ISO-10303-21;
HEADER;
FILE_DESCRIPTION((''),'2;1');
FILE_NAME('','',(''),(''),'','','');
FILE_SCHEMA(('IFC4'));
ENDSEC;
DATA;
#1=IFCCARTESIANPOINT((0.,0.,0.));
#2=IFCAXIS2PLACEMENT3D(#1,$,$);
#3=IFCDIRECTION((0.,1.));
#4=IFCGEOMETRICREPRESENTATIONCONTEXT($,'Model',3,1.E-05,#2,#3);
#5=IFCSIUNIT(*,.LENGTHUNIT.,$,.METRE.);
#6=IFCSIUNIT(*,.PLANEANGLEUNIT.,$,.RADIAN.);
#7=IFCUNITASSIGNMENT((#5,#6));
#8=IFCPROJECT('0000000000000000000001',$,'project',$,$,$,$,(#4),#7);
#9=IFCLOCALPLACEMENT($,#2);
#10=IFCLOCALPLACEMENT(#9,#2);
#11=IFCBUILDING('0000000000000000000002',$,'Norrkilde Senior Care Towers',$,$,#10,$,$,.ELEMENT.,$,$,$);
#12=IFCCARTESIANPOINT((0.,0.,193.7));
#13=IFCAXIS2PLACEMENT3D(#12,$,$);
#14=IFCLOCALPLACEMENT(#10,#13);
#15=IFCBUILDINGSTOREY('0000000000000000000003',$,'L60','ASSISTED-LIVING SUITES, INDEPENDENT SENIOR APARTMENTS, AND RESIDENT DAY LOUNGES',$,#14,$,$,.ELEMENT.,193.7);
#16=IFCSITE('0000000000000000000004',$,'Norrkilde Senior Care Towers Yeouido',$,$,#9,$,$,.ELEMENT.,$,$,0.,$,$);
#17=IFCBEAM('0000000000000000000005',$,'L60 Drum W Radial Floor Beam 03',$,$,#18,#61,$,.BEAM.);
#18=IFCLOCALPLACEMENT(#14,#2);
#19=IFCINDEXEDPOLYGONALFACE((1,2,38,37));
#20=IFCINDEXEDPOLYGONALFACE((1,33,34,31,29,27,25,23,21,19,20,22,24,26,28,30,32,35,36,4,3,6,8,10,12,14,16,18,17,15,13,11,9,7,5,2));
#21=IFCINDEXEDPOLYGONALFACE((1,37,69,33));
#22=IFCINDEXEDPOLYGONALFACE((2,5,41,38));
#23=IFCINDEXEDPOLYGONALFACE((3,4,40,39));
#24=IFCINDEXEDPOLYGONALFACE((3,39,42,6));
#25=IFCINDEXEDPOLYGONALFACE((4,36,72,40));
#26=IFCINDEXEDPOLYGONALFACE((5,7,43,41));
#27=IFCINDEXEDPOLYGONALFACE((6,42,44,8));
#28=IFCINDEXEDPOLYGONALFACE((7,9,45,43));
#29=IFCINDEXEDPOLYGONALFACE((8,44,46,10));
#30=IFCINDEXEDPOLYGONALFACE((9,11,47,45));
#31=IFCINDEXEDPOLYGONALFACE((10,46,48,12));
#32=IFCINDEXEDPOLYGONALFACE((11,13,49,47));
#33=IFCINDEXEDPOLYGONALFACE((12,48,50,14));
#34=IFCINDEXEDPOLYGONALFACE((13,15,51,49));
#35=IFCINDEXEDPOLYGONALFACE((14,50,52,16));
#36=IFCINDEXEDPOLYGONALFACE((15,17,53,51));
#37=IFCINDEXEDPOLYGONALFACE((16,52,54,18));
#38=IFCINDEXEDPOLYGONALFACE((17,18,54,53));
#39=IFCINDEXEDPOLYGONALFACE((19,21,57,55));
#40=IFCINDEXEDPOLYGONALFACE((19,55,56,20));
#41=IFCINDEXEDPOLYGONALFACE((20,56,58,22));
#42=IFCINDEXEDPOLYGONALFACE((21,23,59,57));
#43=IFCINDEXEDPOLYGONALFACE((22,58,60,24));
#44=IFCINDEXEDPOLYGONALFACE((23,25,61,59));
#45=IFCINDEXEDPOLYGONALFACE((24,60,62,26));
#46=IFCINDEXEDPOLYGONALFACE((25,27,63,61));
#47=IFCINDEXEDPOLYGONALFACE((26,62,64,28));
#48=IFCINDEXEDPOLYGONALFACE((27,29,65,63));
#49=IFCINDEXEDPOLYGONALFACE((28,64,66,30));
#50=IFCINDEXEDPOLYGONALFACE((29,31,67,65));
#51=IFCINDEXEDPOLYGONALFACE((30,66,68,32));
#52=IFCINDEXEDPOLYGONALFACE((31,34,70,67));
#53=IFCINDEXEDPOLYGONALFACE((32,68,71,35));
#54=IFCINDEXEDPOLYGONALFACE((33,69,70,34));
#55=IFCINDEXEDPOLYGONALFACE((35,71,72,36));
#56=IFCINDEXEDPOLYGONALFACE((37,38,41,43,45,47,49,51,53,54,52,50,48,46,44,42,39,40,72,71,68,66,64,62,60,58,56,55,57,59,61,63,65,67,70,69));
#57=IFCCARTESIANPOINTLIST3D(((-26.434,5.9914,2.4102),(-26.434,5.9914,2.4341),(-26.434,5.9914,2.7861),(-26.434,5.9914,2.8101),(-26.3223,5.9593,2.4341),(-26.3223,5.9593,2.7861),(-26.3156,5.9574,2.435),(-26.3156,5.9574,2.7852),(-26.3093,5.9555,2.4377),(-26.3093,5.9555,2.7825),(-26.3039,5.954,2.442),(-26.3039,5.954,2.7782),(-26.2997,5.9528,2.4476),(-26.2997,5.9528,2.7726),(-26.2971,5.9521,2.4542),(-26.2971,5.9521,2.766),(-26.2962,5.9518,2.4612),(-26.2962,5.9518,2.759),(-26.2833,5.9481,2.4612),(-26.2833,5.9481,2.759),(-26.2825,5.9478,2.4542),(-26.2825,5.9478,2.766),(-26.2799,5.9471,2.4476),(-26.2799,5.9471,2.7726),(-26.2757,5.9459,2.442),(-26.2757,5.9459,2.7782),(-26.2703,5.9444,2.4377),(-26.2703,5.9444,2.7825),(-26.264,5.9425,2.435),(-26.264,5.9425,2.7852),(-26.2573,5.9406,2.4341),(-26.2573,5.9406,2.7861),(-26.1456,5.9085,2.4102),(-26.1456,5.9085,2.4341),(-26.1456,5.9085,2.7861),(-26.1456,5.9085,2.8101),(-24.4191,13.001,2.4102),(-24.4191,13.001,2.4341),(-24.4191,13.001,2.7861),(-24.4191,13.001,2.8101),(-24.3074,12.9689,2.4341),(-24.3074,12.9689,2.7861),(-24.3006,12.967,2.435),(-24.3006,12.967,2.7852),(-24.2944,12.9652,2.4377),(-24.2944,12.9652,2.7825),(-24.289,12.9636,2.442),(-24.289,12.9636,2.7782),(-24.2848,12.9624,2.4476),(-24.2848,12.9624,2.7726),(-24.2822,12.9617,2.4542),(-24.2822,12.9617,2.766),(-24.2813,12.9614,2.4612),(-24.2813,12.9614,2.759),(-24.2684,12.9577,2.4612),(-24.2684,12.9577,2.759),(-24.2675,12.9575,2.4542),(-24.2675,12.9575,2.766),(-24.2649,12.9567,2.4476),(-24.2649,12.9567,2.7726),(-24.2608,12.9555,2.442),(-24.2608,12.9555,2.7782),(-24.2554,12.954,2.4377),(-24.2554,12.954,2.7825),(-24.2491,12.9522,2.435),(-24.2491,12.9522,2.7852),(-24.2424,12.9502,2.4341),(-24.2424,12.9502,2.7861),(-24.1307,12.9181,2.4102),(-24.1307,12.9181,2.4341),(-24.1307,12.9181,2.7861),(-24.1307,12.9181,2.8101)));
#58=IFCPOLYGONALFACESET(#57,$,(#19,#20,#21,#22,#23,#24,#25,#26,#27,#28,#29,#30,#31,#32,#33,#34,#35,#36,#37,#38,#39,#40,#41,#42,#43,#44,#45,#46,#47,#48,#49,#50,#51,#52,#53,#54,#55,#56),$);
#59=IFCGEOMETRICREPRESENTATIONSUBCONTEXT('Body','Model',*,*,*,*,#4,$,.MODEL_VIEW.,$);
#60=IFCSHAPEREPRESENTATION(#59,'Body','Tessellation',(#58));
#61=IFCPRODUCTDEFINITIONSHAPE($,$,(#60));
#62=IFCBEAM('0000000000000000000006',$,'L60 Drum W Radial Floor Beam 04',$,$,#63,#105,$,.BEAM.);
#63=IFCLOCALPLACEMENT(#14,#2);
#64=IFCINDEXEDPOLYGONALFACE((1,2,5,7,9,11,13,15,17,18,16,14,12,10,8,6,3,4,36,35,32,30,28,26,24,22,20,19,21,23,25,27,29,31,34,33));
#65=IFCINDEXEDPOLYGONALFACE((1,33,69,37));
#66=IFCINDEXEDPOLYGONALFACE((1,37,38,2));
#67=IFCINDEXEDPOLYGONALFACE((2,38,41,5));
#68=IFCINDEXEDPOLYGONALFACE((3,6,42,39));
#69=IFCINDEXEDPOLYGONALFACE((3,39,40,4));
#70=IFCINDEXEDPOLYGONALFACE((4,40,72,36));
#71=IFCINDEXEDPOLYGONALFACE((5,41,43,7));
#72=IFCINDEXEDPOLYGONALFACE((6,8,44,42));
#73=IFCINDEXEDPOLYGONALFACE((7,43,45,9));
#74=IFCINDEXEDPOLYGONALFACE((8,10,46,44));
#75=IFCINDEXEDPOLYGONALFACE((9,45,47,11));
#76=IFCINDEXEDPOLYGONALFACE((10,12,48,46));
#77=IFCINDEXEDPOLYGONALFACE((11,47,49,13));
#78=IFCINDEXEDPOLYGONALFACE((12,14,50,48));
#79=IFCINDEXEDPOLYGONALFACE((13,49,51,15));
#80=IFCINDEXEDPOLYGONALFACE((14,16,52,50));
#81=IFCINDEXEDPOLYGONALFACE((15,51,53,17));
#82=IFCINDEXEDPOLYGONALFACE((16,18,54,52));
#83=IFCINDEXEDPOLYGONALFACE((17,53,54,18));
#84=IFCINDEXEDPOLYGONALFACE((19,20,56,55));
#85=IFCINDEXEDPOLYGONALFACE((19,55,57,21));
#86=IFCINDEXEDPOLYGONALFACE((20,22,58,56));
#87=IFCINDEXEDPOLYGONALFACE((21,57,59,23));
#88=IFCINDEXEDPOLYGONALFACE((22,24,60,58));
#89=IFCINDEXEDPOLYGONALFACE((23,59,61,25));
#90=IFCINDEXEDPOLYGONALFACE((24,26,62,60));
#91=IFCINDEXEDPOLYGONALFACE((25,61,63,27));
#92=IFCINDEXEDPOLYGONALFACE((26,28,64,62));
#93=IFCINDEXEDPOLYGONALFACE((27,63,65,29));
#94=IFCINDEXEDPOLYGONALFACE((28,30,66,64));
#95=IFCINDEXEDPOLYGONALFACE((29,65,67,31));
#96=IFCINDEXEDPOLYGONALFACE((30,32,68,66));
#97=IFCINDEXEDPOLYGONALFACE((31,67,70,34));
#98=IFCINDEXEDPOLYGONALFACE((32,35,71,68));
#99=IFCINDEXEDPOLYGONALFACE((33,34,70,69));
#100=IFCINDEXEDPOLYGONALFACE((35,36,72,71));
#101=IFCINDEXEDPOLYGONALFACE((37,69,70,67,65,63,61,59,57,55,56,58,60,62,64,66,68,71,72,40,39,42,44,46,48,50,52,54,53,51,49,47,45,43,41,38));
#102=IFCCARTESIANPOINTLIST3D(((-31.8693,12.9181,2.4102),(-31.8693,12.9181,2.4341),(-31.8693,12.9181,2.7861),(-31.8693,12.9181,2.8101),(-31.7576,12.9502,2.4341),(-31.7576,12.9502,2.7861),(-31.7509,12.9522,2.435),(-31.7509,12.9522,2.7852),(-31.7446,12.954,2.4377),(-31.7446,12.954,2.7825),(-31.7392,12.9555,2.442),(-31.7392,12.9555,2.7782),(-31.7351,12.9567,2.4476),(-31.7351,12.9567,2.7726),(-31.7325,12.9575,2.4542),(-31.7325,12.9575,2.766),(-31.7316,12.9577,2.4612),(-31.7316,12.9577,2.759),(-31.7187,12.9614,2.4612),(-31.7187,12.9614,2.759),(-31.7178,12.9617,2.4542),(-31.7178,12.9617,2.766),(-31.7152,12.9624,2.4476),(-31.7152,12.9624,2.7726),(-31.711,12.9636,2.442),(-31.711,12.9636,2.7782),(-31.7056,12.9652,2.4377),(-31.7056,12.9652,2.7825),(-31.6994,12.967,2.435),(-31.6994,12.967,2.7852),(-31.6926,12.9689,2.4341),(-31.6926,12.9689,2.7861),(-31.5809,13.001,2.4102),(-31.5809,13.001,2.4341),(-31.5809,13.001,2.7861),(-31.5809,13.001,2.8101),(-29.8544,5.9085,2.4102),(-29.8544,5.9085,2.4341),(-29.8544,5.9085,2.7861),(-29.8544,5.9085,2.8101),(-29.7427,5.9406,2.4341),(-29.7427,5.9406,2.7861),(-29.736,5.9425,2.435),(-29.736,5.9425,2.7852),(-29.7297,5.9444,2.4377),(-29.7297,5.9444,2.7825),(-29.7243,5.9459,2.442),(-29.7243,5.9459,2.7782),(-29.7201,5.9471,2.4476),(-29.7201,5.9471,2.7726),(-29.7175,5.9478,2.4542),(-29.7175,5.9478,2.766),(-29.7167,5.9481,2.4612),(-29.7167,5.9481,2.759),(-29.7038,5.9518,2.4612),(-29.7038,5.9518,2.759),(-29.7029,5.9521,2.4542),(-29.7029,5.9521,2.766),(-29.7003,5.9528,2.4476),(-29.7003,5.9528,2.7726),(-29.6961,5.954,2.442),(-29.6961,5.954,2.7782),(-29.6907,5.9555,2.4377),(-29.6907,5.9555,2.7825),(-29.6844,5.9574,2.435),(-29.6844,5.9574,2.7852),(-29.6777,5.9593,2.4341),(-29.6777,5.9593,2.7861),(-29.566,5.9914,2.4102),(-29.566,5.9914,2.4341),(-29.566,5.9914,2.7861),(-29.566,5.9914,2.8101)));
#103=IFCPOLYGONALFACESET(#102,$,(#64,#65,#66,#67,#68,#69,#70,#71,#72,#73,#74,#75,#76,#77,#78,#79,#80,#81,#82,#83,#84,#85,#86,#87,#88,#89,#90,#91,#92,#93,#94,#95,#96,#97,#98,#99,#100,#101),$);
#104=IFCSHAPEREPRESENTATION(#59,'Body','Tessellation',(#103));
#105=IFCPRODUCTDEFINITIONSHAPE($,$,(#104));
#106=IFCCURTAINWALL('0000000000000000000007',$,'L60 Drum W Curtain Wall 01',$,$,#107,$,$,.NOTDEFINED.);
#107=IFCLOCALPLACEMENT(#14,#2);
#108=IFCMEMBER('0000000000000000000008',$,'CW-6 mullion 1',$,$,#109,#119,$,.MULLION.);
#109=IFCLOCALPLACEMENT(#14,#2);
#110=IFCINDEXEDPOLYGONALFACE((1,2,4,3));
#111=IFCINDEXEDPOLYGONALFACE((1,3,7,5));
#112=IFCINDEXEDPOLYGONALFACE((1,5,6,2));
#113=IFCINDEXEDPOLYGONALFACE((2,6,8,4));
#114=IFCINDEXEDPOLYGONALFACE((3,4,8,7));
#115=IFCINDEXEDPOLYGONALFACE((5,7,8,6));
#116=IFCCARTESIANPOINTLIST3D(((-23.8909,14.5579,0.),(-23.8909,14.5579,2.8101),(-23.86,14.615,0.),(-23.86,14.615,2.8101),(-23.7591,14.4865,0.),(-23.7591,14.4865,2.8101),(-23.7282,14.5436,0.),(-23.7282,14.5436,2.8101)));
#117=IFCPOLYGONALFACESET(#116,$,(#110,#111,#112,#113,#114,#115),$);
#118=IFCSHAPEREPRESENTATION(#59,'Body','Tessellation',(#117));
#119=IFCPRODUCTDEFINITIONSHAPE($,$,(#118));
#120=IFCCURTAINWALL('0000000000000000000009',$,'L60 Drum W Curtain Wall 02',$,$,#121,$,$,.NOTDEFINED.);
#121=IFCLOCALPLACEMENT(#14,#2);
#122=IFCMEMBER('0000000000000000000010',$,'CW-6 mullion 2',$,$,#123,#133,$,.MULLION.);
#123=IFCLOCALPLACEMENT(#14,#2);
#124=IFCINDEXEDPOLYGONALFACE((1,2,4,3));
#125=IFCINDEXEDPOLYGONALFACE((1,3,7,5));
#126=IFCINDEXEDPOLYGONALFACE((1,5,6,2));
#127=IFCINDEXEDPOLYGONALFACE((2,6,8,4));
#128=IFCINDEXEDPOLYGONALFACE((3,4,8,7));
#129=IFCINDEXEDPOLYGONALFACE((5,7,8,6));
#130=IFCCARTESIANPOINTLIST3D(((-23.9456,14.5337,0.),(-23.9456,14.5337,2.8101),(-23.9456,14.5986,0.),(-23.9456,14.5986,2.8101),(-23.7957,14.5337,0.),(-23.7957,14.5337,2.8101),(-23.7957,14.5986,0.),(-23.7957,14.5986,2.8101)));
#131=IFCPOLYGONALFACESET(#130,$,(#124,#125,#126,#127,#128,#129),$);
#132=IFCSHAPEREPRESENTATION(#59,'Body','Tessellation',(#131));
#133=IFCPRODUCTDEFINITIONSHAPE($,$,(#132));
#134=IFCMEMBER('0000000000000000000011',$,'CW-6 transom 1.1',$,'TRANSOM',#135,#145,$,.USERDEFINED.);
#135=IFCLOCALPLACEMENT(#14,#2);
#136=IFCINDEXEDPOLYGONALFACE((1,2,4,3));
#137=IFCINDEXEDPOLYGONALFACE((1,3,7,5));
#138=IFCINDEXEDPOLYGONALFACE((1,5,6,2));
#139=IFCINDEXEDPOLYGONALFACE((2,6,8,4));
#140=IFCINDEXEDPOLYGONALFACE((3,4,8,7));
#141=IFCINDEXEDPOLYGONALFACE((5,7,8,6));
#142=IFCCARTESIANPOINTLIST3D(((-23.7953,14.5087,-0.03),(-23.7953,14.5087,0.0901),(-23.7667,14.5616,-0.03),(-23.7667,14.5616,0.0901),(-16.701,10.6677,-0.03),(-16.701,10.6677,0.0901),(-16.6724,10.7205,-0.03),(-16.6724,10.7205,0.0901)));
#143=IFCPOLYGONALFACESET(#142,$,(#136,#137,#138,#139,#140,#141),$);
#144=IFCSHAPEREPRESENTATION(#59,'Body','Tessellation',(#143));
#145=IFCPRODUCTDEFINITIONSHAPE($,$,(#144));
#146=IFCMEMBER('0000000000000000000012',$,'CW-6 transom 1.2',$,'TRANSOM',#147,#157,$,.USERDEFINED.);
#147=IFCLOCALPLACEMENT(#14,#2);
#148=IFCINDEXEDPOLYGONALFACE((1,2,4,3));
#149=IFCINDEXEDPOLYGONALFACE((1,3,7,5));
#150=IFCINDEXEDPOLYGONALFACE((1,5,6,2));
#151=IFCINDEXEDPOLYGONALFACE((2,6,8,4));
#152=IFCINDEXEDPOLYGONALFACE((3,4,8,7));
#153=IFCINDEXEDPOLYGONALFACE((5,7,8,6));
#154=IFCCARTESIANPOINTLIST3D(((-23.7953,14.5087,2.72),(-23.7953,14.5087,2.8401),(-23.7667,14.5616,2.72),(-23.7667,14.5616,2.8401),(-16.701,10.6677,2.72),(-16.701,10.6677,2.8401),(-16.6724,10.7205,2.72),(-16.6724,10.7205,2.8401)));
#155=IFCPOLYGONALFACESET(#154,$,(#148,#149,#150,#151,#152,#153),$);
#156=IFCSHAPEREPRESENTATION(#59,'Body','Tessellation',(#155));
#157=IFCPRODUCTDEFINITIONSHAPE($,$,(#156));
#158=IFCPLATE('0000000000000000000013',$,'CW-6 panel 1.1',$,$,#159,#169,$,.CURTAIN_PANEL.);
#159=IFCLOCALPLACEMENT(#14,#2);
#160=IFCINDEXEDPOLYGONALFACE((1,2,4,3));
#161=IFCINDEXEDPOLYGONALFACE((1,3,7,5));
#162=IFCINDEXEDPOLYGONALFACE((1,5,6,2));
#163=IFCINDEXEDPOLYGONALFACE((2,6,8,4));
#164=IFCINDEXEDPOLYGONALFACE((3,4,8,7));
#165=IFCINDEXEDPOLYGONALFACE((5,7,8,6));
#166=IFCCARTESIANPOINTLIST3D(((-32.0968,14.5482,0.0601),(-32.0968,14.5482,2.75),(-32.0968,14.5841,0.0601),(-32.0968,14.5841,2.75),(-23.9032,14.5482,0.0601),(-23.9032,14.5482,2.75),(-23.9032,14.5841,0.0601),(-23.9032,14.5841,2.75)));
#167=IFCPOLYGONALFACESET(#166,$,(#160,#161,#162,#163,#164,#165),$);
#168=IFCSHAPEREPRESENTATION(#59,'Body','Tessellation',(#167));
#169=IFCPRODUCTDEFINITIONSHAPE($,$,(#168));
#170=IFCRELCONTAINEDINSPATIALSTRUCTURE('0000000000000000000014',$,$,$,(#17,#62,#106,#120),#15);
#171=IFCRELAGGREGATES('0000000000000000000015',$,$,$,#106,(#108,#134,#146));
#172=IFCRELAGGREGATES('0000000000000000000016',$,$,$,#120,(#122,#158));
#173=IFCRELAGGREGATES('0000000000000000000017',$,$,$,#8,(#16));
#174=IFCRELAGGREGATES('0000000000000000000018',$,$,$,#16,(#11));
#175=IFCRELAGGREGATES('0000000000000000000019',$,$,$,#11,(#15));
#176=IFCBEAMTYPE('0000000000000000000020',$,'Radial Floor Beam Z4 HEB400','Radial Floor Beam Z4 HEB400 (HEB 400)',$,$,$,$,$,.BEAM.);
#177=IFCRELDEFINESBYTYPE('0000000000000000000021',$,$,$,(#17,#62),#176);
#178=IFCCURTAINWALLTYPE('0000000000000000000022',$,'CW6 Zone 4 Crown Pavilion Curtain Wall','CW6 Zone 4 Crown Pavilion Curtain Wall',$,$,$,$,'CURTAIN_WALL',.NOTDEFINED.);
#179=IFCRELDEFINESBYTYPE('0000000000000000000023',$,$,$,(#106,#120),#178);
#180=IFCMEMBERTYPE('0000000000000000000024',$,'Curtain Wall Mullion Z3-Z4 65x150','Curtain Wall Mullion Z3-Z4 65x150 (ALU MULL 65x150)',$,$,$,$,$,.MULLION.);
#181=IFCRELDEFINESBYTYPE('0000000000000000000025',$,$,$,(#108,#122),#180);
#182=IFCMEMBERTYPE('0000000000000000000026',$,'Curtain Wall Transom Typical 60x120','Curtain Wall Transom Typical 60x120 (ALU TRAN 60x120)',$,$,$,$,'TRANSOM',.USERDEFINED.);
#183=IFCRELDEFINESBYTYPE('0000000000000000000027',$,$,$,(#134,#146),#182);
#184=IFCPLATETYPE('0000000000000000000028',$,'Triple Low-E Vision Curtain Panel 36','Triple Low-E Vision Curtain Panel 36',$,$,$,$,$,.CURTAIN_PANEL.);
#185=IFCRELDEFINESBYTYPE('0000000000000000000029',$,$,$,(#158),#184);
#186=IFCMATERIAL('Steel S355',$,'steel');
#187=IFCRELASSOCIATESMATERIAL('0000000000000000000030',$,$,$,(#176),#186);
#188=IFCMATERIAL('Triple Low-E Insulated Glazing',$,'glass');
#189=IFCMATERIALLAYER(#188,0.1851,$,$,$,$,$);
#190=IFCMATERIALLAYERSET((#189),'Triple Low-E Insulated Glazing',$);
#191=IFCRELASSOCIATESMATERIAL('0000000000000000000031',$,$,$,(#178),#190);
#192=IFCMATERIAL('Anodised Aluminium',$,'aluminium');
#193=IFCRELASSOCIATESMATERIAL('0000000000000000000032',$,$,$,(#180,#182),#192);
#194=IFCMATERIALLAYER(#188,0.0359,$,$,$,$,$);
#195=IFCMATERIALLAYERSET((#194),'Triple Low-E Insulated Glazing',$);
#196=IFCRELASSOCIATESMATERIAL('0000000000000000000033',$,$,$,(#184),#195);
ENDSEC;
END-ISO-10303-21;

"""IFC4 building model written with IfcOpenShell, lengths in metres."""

from ifc_helpers import new_model, si_unit, direction, frame, origin, origin_2d, place, context, subcontext, project, spatial, rectangle, i_section, extrude, source, transform, mapped, material, layer, layer_set, material_profile, profile_set, type_object, type_shapes, element, aggregate, save


model = new_model("IFC4")

# Units and contexts
model_context = context("Model", 3, precision=1e-05, world=origin(), true_north=direction((0.0, 1.0)))
body_context = subcontext(model_context, "Body", "Model", "MODEL_VIEW")
ifc_project = project(units=[si_unit("LENGTHUNIT", "METRE"), si_unit("PLANEANGLEUNIT", "RADIAN")], contexts=[model_context])

# Site, building, storey
site_placement = place(None, origin())
site = spatial("IfcSite", under=ifc_project, at=site_placement, Name="Norrkilde Senior Care Towers Yeouido", CompositionType="ELEMENT", RefElevation=0.0)
building_placement = place(site_placement, origin())
building = spatial("IfcBuilding", under=site, at=building_placement, Name="Norrkilde Senior Care Towers", CompositionType="ELEMENT")
storey_placement = place(building_placement, frame((0.0, 0.0, 193.7)))
storey = spatial("IfcBuildingStorey", under=building, at=storey_placement, Name="L60", Description="ASSISTED-LIVING SUITES, INDEPENDENT SENIOR APARTMENTS, AND RESIDENT DAY LOUNGES", CompositionType="ELEMENT", Elevation=193.7)

# Beams
ifc_material_1 = material(Name="Steel S355", Category="steel")
ifc_material_profile_1 = material_profile(ifc_material_1, i_section(OverallWidth=0.3, OverallDepth=0.3999, WebThickness=0.0134, FlangeThickness=0.0239, FilletRadius=0.0271, at=origin_2d()), Name="HEB 400")
ifc_profile_set_1 = profile_set([ifc_material_profile_1], Name="Steel S355")
beam_type_1 = type_object("IfcBeamType", Name="Radial Floor Beam Z4 HEB400", Description="Radial Floor Beam Z4 HEB400 (HEB 400)", PredefinedType="BEAM", material=ifc_profile_set_1)
shared_shape_1 = source(origin(), body_context, "Body", "SweptSolid", [
    extrude(i_section(OverallWidth=0.3, OverallDepth=0.3999, WebThickness=0.0134, FlangeThickness=0.0239, FilletRadius=0.0271, at=origin_2d()), origin(), (0.0, 0.0, 1.0), 7.2935),
])
for number, where, z_axis, x_axis, name in (
    (1, (-26.2898, 5.95, 2.6101), (0.276264, 0.961082, 0.0), (-0.961082, 0.276264, 0.0), "L60 Drum W Radial Floor Beam 03"),
    (2, (-29.7102, 5.95, 2.6101), (-0.276264, 0.961082, 0.0), (-0.961082, -0.276264, 0.0), "L60 Drum W Radial Floor Beam 04"),
):
    element("IfcBeam", number, at=place(storey_placement, frame(where, z_axis=z_axis, x_axis=x_axis)), inside=storey, type_object=beam_type_1, Name=name, PredefinedType="BEAM", context=body_context, shape_type="MappedRepresentation", body=[
        mapped(shared_shape_1, transform((0.0, 0.0, 0.0), x_axis=(1.0, 0.0, 0.0), y_axis=(0.0, 1.0, 0.0), z_axis=(0.0, 0.0, 1.0), scale=1.0)),
    ])

# Curtain walls, members
ifc_material_2 = material(Name="Triple Low-E Insulated Glazing", Category="glass")
ifc_layer_1 = layer(ifc_material_2, 0.1851)
ifc_layer_set_1 = layer_set([ifc_layer_1], Name="Triple Low-E Insulated Glazing")
curtain_wall_type = type_object("IfcCurtainWallType", Name="CW6 Zone 4 Crown Pavilion Curtain Wall", Description="CW6 Zone 4 Crown Pavilion Curtain Wall", ElementType="CURTAIN_WALL", PredefinedType="NOTDEFINED", material=ifc_layer_set_1)
curtain_wall_1_placement = place(storey_placement, origin())
curtain_wall_1 = element("IfcCurtainWall", 3, at=curtain_wall_1_placement, inside=storey, type_object=curtain_wall_type, Name="L60 Drum W Curtain Wall 01", PredefinedType="NOTDEFINED")
ifc_material_3 = material(Name="Anodised Aluminium", Category="aluminium")
ifc_material_profile_2 = material_profile(ifc_material_3, rectangle(XDim=0.0649, YDim=0.1499, at=origin_2d()), Name="ALU MULL 65x150")
ifc_profile_set_2 = profile_set([ifc_material_profile_2], Name="Anodised Aluminium")
member_type_1 = type_object("IfcMemberType", Name="Curtain Wall Mullion Z3-Z4 65x150", Description="Curtain Wall Mullion Z3-Z4 65x150 (ALU MULL 65x150)", PredefinedType="MULLION", material=ifc_profile_set_2)
shared_shape_2 = source(origin(), body_context, "Body", "SweptSolid", [
    extrude(rectangle(XDim=0.0649, YDim=0.1499, at=origin_2d()), origin(), (0.0, 0.0, 1.0), 2.8101),
])
type_shapes(member_type_1, [shared_shape_2])
member_1_placement = place(storey_placement, frame((-23.8096, 14.5508, 0.0), z_axis=(0.0, 0.0, 1.0), x_axis=(0.476133, 0.879373, 0.0)))
member_1 = element("IfcMember", 4, at=member_1_placement, type_object=member_type_1, Name="CW-6 mullion 1", PredefinedType="MULLION", context=body_context, shape_type="MappedRepresentation", body=[
    mapped(shared_shape_2, transform((0.0, 0.0, 0.0), x_axis=(1.0, 0.0, 0.0), y_axis=(0.0, 1.0, 0.0), z_axis=(0.0, 0.0, 1.0), scale=1.0)),
])
curtain_wall_2_placement = place(storey_placement, origin())
curtain_wall_2 = element("IfcCurtainWall", 5, at=curtain_wall_2_placement, inside=storey, type_object=curtain_wall_type, Name="L60 Drum W Curtain Wall 02", PredefinedType="NOTDEFINED")
member_2_placement = place(storey_placement, frame((-23.8706, 14.5662, 0.0), z_axis=(0.0, 0.0, 1.0), x_axis=(0.0, 1.0, 0.0)))
member_2 = element("IfcMember", 6, at=member_2_placement, type_object=member_type_1, Name="CW-6 mullion 2", PredefinedType="MULLION", context=body_context, shape_type="MappedRepresentation", body=[
    mapped(shared_shape_2, transform((0.0, 0.0, 0.0), x_axis=(1.0, 0.0, 0.0), y_axis=(0.0, 1.0, 0.0), z_axis=(0.0, 0.0, 1.0), scale=1.0)),
])

# Members
ifc_material_profile_3 = material_profile(ifc_material_3, rectangle(XDim=0.0601, YDim=0.1201, at=origin_2d()), Name="ALU TRAN 60x120")
ifc_profile_set_3 = profile_set([ifc_material_profile_3], Name="Anodised Aluminium")
member_type_2 = type_object("IfcMemberType", Name="Curtain Wall Transom Typical 60x120", Description="Curtain Wall Transom Typical 60x120 (ALU TRAN 60x120)", ElementType="TRANSOM", PredefinedType="USERDEFINED", material=ifc_profile_set_3)
shared_shape_3 = source(origin(), body_context, "Body", "SweptSolid", [
    extrude(rectangle(XDim=0.0601, YDim=0.1201, at=origin_2d()), origin(), (0.0, 0.0, 1.0), 8.0674),
])
type_shapes(member_type_2, [shared_shape_3])
member_3_placement = place(storey_placement, frame((-23.781, 14.5352, 0.03), z_axis=(0.879378, -0.476125, 0.0), x_axis=(0.476125, 0.879378, 0.0)))
member_3 = element("IfcMember", 7, at=member_3_placement, type_object=member_type_2, Name="CW-6 transom 1.1", ObjectType="TRANSOM", PredefinedType="USERDEFINED", context=body_context, shape_type="MappedRepresentation", body=[
    mapped(shared_shape_3, transform((0.0, 0.0, 0.0), x_axis=(1.0, 0.0, 0.0), y_axis=(0.0, 1.0, 0.0), z_axis=(0.0, 0.0, 1.0), scale=1.0)),
])
member_4_placement = place(storey_placement, frame((-23.781, 14.5352, 2.78), z_axis=(0.879378, -0.476125, 0.0), x_axis=(0.476125, 0.879378, 0.0)))
member_4 = element("IfcMember", 8, at=member_4_placement, type_object=member_type_2, Name="CW-6 transom 1.2", ObjectType="TRANSOM", PredefinedType="USERDEFINED", context=body_context, shape_type="MappedRepresentation", body=[
    mapped(shared_shape_3, transform((0.0, 0.0, 0.0), x_axis=(1.0, 0.0, 0.0), y_axis=(0.0, 1.0, 0.0), z_axis=(0.0, 0.0, 1.0), scale=1.0)),
])
aggregate(curtain_wall_1, [member_1, member_3, member_4])

# Plate
ifc_layer_2 = layer(ifc_material_2, 0.0359)
ifc_layer_set_2 = layer_set([ifc_layer_2], Name="Triple Low-E Insulated Glazing")
plate_type = type_object("IfcPlateType", Name="Triple Low-E Vision Curtain Panel 36", Description="Triple Low-E Vision Curtain Panel 36", PredefinedType="CURTAIN_PANEL", material=ifc_layer_set_2)
shared_shape_4 = source(origin(), body_context, "Body", "SweptSolid", [
    extrude(rectangle(XDim=8.1936, YDim=0.0359, at=origin_2d()), origin(), (0.0, 0.0, 1.0), 2.6899),
])
type_shapes(plate_type, [shared_shape_4])
plate_placement = place(storey_placement, frame((-28.0, 14.5662, 0.0601), z_axis=(0.0, 0.0, 1.0), x_axis=(1.0, 0.0, 0.0)))
plate = element("IfcPlate", 9, at=plate_placement, type_object=plate_type, Name="CW-6 panel 1.1", PredefinedType="CURTAIN_PANEL", context=body_context, shape_type="MappedRepresentation", body=[
    mapped(shared_shape_4, transform((0.0, 0.0, 0.0), x_axis=(1.0, 0.0, 0.0), y_axis=(0.0, 1.0, 0.0), z_axis=(0.0, 0.0, 1.0), scale=1.0)),
])
aggregate(curtain_wall_2, [member_2, plate])

save(model, "model.ifc")
